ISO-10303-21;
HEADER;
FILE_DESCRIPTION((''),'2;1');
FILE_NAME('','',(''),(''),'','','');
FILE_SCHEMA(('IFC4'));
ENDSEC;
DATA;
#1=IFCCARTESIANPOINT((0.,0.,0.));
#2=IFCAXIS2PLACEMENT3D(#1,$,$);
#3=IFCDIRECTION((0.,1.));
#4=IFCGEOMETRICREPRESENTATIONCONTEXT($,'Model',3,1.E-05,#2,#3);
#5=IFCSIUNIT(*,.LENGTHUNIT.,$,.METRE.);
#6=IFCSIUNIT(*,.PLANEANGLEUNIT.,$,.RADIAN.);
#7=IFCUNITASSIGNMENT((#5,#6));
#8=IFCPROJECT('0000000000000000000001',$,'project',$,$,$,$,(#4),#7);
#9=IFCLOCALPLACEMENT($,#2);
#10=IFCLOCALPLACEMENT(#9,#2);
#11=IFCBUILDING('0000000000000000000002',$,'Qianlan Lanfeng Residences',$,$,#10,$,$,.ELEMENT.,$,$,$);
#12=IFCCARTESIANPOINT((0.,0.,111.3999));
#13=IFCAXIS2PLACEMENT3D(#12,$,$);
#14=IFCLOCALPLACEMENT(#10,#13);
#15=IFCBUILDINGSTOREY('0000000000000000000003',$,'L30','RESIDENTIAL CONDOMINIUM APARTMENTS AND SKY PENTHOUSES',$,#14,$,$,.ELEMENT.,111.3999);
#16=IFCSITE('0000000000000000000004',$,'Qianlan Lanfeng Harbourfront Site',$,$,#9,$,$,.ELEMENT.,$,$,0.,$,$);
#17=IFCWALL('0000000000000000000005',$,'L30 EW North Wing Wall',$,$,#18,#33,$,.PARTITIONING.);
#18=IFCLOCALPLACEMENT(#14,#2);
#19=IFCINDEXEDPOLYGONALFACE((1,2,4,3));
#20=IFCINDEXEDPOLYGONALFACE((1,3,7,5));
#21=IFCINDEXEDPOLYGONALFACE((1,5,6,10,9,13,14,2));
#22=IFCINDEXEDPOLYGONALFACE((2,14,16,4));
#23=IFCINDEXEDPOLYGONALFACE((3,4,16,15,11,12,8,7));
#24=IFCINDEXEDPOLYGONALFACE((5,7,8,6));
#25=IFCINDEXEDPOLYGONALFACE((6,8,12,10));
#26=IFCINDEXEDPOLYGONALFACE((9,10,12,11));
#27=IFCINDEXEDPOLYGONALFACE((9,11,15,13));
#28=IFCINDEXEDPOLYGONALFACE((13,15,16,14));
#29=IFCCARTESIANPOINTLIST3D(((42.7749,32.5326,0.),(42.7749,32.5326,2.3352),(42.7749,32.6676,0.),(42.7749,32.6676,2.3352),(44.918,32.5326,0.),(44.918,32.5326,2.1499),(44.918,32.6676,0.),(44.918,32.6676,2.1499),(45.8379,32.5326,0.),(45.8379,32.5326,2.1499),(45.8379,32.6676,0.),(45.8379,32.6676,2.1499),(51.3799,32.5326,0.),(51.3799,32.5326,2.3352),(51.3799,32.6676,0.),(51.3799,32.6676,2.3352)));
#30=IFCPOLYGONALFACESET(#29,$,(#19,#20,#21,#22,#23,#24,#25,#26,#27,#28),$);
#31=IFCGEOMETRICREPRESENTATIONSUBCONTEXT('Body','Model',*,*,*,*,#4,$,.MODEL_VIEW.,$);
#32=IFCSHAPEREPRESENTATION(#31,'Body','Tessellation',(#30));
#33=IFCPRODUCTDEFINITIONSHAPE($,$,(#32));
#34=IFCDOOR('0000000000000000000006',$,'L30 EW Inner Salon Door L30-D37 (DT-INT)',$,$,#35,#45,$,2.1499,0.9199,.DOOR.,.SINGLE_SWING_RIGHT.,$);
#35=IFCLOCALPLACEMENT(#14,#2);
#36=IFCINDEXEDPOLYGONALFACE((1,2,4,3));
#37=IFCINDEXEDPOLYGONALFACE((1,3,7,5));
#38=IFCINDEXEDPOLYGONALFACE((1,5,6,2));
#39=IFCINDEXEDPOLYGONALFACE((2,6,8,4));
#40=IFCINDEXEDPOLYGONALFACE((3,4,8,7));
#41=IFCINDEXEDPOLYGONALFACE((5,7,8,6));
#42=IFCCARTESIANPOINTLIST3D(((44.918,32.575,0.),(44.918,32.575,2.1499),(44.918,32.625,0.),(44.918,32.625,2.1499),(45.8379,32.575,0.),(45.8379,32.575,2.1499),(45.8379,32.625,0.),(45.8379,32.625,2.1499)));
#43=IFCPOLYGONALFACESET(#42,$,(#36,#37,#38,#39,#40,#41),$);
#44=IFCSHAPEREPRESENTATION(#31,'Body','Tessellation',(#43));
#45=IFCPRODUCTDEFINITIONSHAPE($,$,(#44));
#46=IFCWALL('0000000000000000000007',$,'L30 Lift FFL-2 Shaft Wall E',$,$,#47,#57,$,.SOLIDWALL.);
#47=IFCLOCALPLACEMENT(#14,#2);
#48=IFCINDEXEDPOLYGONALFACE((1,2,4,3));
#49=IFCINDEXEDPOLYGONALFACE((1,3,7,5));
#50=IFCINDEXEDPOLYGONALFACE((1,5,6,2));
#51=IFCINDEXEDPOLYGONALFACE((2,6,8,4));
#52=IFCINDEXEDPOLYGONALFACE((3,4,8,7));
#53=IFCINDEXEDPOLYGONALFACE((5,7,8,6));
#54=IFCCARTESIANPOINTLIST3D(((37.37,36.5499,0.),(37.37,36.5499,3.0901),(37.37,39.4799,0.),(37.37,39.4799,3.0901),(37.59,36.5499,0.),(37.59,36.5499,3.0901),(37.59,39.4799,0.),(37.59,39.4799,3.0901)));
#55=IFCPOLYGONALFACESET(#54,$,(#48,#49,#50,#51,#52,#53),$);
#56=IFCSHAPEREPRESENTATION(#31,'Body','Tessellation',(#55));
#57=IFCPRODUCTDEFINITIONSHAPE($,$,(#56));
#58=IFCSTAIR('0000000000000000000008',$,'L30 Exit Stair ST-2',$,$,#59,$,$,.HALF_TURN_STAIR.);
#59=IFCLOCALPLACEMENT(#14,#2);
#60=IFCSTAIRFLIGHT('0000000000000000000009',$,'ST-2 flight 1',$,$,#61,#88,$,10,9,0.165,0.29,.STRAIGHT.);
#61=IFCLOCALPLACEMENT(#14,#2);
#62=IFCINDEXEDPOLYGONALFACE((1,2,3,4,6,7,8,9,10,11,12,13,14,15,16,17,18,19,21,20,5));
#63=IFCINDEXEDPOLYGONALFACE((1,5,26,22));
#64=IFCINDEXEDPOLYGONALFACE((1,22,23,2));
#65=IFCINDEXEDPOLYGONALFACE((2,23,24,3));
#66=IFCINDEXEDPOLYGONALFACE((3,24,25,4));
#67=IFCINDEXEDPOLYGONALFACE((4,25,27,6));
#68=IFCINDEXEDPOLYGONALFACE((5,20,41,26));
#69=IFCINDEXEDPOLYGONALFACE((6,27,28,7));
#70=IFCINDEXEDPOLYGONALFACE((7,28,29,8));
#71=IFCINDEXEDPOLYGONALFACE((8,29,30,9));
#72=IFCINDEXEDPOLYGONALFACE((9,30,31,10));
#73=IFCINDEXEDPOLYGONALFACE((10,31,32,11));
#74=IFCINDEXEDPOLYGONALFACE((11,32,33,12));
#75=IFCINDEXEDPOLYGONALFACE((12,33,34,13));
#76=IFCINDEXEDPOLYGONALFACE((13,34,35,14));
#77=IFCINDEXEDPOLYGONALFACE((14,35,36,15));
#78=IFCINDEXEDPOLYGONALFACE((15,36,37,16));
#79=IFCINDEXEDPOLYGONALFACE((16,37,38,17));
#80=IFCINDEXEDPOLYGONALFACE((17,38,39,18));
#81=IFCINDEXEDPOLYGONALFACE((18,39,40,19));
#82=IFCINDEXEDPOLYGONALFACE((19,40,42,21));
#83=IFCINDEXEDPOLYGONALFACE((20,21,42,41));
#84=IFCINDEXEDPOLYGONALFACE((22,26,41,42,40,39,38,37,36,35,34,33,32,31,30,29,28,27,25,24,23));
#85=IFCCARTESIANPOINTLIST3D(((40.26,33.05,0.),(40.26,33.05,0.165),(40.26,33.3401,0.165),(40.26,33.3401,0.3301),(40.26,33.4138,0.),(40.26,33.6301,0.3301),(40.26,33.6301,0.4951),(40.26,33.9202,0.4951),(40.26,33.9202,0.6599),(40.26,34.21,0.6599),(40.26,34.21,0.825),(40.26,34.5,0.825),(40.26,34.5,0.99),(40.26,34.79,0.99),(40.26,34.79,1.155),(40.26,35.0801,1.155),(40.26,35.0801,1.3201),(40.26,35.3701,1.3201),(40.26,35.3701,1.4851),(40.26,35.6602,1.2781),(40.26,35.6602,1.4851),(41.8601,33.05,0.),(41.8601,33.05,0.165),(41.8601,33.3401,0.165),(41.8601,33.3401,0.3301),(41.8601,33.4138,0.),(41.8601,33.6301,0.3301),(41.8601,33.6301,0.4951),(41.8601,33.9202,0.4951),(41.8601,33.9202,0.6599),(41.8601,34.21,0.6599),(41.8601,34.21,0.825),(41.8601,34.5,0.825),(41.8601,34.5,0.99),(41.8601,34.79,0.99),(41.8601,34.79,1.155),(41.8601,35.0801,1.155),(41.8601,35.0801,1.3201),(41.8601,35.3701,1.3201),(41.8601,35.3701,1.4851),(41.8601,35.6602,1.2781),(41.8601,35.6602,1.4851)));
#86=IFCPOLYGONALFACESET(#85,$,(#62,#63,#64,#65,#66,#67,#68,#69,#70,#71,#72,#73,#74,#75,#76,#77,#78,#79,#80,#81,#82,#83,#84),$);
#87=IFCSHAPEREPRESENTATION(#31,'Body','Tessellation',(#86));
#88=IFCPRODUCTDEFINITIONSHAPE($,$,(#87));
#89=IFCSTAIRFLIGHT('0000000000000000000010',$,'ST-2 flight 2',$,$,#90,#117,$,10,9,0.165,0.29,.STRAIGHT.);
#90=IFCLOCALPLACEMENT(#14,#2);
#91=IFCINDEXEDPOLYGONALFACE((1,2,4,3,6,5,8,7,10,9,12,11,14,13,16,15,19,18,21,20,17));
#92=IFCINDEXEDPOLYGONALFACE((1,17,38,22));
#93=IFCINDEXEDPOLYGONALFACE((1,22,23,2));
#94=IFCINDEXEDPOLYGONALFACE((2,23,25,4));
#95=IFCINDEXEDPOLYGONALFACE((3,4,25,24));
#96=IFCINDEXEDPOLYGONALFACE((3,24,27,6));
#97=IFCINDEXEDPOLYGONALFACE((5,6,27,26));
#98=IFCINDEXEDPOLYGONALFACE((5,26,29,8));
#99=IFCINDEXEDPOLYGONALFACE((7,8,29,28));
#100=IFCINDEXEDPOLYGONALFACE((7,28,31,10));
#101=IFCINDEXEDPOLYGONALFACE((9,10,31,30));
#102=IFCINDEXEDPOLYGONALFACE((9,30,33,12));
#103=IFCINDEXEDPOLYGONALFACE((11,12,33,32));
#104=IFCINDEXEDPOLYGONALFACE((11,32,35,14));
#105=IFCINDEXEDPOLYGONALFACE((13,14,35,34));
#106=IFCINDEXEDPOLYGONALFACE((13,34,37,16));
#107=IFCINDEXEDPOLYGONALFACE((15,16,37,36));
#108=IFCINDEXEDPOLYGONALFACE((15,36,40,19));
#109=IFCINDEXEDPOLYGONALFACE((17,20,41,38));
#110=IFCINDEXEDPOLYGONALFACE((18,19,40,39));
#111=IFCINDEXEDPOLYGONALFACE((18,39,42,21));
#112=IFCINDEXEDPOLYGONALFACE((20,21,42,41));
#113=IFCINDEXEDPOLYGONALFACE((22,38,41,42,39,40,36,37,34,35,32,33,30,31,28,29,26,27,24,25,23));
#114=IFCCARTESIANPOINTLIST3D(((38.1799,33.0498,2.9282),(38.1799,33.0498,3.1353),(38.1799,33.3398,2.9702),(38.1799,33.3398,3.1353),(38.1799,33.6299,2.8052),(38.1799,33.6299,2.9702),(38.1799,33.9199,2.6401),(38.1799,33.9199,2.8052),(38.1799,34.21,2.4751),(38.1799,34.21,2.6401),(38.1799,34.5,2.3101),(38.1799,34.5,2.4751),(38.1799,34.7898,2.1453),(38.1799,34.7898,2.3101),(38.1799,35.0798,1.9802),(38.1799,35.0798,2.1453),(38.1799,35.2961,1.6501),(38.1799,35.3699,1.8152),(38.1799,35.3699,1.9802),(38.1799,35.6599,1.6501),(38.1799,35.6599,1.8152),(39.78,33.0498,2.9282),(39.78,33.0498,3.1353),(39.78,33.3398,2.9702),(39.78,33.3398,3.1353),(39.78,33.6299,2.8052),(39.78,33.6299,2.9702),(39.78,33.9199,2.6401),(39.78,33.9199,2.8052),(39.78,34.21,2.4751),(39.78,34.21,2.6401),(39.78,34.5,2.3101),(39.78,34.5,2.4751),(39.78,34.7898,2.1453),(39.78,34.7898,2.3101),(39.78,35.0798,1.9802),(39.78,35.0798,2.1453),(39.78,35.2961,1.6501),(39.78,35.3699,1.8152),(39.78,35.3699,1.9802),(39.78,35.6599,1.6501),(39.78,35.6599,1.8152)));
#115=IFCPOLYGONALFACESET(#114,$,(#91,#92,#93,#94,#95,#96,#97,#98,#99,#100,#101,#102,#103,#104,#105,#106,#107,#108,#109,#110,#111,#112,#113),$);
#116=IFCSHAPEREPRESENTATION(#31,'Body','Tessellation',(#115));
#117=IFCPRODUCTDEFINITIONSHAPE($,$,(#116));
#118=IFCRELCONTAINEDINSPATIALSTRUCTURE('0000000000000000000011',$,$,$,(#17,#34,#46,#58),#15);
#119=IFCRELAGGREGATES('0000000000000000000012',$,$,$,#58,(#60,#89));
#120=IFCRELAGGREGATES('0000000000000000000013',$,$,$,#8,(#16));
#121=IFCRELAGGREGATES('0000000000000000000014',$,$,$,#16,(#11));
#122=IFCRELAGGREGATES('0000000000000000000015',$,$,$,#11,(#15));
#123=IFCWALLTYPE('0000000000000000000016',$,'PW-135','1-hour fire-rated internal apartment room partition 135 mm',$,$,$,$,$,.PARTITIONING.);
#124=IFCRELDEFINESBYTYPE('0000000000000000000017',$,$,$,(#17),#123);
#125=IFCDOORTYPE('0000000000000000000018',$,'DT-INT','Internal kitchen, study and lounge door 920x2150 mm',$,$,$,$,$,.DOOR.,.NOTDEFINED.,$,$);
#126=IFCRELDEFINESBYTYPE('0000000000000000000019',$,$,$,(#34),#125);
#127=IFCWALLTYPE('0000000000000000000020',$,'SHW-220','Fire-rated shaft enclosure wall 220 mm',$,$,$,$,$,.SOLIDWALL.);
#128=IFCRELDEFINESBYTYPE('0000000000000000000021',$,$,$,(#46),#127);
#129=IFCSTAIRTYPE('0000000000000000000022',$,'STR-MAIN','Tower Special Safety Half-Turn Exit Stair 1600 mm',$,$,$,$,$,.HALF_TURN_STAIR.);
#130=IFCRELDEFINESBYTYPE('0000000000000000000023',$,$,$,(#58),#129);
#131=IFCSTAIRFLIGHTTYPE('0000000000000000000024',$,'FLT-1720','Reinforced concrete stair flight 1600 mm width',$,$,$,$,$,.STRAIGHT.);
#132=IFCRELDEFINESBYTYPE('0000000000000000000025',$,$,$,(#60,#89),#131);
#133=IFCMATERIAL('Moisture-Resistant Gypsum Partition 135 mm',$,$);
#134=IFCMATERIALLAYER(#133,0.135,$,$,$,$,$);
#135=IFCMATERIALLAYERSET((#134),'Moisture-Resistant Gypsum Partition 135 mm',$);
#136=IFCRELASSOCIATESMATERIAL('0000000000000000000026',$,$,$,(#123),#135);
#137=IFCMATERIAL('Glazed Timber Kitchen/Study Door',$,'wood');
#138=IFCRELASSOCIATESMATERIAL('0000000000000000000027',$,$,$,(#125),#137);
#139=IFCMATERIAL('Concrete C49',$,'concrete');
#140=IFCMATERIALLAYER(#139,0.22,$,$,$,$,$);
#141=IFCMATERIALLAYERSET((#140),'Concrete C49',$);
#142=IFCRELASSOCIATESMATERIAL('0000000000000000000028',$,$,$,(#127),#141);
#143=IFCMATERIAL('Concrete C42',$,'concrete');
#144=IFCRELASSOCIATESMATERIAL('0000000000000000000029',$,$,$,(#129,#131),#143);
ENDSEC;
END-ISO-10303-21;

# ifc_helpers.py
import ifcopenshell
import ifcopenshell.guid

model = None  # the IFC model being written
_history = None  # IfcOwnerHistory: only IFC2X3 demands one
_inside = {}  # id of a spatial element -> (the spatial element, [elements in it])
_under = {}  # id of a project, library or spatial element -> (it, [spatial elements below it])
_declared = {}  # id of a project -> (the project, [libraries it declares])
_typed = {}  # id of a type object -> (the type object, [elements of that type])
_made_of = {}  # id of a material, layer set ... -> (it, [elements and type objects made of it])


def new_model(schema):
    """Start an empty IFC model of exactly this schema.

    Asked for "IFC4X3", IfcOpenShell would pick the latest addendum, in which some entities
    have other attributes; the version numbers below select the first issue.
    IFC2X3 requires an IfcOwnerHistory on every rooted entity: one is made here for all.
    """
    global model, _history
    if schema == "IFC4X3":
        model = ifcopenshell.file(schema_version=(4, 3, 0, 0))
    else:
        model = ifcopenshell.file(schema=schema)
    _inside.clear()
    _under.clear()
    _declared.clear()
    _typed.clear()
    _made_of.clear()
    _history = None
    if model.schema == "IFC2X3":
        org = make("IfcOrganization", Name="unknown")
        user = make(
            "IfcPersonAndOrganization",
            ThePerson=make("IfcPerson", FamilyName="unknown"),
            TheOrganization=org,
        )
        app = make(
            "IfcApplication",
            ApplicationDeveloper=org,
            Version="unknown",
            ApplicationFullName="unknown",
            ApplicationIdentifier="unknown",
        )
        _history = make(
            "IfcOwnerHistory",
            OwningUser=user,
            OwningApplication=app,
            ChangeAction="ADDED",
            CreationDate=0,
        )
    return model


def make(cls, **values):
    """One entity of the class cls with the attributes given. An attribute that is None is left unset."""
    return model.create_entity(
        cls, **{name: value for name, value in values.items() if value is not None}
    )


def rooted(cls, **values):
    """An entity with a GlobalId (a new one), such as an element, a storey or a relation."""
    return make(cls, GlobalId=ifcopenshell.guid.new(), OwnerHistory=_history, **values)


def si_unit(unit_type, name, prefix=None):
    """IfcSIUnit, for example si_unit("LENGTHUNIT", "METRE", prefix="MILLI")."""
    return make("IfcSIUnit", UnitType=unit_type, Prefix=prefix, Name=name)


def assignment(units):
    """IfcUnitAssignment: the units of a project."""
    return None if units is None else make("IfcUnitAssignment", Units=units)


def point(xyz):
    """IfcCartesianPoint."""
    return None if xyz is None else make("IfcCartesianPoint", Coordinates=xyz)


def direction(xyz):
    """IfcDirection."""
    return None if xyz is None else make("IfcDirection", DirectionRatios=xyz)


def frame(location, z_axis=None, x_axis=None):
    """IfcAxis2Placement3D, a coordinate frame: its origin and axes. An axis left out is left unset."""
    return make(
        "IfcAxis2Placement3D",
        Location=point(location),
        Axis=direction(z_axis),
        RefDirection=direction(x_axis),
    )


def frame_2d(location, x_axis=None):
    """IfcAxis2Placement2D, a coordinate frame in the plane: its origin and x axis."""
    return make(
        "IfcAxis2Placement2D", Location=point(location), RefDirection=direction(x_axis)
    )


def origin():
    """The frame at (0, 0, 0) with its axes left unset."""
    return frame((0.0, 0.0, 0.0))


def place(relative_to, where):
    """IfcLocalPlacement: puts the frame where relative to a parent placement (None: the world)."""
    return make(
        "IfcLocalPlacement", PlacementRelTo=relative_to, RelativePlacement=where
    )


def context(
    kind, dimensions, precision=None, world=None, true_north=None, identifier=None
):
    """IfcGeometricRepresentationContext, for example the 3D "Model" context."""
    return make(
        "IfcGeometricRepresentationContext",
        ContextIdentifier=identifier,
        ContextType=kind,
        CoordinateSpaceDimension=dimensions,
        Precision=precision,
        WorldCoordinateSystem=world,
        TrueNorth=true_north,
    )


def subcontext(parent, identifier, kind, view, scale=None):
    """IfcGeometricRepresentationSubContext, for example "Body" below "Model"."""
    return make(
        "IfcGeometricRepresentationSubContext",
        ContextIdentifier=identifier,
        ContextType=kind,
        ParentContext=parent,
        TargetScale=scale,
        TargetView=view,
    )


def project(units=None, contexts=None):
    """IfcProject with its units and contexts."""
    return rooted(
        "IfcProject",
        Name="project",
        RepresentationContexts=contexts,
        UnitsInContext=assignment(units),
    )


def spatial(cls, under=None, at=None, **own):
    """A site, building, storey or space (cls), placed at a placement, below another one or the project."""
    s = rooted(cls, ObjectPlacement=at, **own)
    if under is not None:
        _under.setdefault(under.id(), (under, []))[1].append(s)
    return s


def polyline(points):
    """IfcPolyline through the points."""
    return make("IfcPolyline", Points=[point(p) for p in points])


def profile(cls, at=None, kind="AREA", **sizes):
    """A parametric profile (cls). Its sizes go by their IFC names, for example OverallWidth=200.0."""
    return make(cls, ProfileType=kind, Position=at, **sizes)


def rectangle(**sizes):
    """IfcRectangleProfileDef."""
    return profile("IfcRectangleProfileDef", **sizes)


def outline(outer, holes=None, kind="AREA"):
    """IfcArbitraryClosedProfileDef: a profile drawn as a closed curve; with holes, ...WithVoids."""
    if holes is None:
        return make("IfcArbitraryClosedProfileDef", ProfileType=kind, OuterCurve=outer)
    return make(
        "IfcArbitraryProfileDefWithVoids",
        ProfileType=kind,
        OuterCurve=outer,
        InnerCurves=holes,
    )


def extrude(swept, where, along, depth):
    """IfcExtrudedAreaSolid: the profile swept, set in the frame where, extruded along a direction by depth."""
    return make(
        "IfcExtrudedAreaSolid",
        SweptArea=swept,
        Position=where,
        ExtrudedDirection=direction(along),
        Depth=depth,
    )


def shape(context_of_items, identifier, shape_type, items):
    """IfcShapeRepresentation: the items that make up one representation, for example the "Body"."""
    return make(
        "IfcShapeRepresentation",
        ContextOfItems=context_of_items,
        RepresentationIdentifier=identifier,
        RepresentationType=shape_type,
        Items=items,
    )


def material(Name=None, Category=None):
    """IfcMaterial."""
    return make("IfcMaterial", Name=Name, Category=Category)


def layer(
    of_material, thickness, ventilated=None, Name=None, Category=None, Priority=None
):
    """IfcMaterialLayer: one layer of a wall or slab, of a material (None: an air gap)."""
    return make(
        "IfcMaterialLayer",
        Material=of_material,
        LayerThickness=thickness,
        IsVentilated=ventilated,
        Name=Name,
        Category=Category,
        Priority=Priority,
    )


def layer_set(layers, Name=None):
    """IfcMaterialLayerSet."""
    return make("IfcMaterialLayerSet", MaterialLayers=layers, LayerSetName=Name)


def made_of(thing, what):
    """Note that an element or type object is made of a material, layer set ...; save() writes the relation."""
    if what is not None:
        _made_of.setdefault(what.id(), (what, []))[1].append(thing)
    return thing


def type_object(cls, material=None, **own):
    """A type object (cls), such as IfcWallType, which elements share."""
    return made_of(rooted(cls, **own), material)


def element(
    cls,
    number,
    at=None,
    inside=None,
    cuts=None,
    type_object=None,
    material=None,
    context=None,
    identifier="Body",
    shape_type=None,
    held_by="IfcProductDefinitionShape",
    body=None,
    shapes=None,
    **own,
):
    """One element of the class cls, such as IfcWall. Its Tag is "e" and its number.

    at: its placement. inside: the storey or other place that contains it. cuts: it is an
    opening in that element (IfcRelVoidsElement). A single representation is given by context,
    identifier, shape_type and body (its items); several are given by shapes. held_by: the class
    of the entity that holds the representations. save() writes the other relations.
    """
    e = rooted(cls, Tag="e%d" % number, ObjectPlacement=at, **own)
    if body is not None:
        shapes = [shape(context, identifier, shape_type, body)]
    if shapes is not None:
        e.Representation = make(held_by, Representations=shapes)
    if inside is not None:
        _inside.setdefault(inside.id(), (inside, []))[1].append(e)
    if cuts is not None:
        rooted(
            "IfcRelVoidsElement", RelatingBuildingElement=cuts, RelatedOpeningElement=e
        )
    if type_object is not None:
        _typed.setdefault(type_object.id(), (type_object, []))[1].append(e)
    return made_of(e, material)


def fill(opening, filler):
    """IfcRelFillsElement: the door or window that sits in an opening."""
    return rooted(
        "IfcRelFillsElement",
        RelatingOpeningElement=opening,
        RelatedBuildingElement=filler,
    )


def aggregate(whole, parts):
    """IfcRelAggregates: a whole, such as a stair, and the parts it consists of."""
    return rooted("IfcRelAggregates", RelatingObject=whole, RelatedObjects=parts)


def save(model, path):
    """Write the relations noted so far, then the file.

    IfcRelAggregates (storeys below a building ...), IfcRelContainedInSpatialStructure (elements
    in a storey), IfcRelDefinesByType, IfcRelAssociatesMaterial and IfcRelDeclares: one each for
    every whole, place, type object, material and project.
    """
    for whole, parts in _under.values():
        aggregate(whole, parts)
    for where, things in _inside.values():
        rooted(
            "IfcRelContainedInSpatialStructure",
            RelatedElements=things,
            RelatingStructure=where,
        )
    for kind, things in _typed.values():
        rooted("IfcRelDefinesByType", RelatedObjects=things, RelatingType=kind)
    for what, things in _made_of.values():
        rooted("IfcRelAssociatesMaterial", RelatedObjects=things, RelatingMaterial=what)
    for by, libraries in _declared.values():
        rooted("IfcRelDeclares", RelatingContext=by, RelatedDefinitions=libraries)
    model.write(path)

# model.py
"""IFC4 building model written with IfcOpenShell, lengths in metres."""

from ifc_helpers import new_model, si_unit, direction, frame, frame_2d, origin, place, context, subcontext, project, spatial, polyline, rectangle, outline, extrude, material, layer, layer_set, type_object, element, fill, aggregate, save


model = new_model("IFC4")

# Units and contexts
model_context = context("Model", 3, precision=1e-05, world=origin(), true_north=direction((0.0, 1.0)))
body_context = subcontext(model_context, "Body", "Model", "MODEL_VIEW")
ifc_project = project(units=[si_unit("LENGTHUNIT", "METRE"), si_unit("PLANEANGLEUNIT", "RADIAN")], contexts=[model_context])

# Site, building, storey
site_placement = place(None, origin())
site = spatial("IfcSite", under=ifc_project, at=site_placement, Name="Qianlan Lanfeng Harbourfront Site", CompositionType="ELEMENT", RefElevation=0.0)
building_placement = place(site_placement, origin())
building = spatial("IfcBuilding", under=site, at=building_placement, Name="Qianlan Lanfeng Residences", CompositionType="ELEMENT")
storey_placement = place(building_placement, frame((0.0, 0.0, 111.3999)))
storey = spatial("IfcBuildingStorey", under=building, at=storey_placement, Name="L30", Description="RESIDENTIAL CONDOMINIUM APARTMENTS AND SKY PENTHOUSES", CompositionType="ELEMENT", Elevation=111.3999)

# Shared definitions
ifc_material_1 = material(Name="Concrete C42", Category="concrete")

# Wall, opening, door
ifc_material_2 = material(Name="Moisture-Resistant Gypsum Partition 135 mm")
ifc_layer_1 = layer(ifc_material_2, 0.135)
ifc_layer_set_1 = layer_set([ifc_layer_1], Name="Moisture-Resistant Gypsum Partition 135 mm")
wall_type_1 = type_object("IfcWallType", Name="PW-135", Description="1-hour fire-rated internal apartment room partition 135 mm", PredefinedType="PARTITIONING", material=ifc_layer_set_1)
wall_1_placement = place(storey_placement, frame((42.7749, 32.6001, 0.0), z_axis=(0.0, 0.0, 1.0), x_axis=(1.0, 0.0, 0.0)))
wall_1 = element("IfcWall", 1, at=wall_1_placement, inside=storey, type_object=wall_type_1, Name="L30 EW North Wing Wall", PredefinedType="PARTITIONING", context=body_context, shape_type="SweptSolid", body=[
    extrude(rectangle(XDim=8.605, YDim=0.135, at=frame_2d((4.3025, 0.0))), origin(), (0.0, 0.0, 1.0), 2.3352),
])
opening_1_placement = place(wall_1_placement, frame((2.1431, 0.0, 0.0)))
opening_1 = element("IfcOpeningElement", 2, at=opening_1_placement, cuts=wall_1, PredefinedType="OPENING", context=body_context, shape_type="SweptSolid", body=[
    extrude(rectangle(XDim=0.9199, YDim=2.1499, at=frame_2d((0.46, 1.075))), frame((0.0, 0.0776, 0.0), z_axis=(0.0, -1.0, 0.0), x_axis=(1.0, 0.0, 0.0)), (0.0, 0.0, 1.0), 0.155),
])
ifc_material_3 = material(Name="Glazed Timber Kitchen/Study Door", Category="wood")
door_type_1 = type_object("IfcDoorType", Name="DT-INT", Description="Internal kitchen, study and lounge door 920x2150 mm", OperationType="NOTDEFINED", PredefinedType="DOOR", material=ifc_material_3)
door_1_placement = place(opening_1_placement, origin())
door_1 = element("IfcDoor", 3, at=door_1_placement, inside=storey, type_object=door_type_1, Name="L30 EW Inner Salon Door L30-D37 (DT-INT)", OperationType="SINGLE_SWING_RIGHT", OverallHeight=2.1499, OverallWidth=0.9199, PredefinedType="DOOR", context=body_context, shape_type="SweptSolid", body=[
    extrude(rectangle(XDim=0.9199, YDim=2.1499, at=frame_2d((0.46, 1.075))), frame((0.0, 0.0249, 0.0), z_axis=(0.0, -1.0, 0.0), x_axis=(1.0, 0.0, 0.0)), (0.0, 0.0, 1.0), 0.05),
])
fill(opening_1, door_1)

# Wall
ifc_material_4 = material(Name="Concrete C49", Category="concrete")
ifc_layer_2 = layer(ifc_material_4, 0.22)
ifc_layer_set_2 = layer_set([ifc_layer_2], Name="Concrete C49")
wall_type_2 = type_object("IfcWallType", Name="SHW-220", Description="Fire-rated shaft enclosure wall 220 mm", PredefinedType="SOLIDWALL", material=ifc_layer_set_2)
wall_2_placement = place(storey_placement, frame((37.48, 36.55, 0.0), z_axis=(0.0, 0.0, 1.0), x_axis=(0.0, 1.0, 0.0)))
element("IfcWall", 4, at=wall_2_placement, inside=storey, type_object=wall_type_2, Name="L30 Lift FFL-2 Shaft Wall E", PredefinedType="SOLIDWALL", context=body_context, shape_type="SweptSolid", body=[
    extrude(rectangle(XDim=2.9299, YDim=0.22, at=frame_2d((1.4648, 0.0))), origin(), (0.0, 0.0, 1.0), 3.0901),
])

# Stair, stair flights
stair_type = type_object("IfcStairType", Name="STR-MAIN", Description="Tower Special Safety Half-Turn Exit Stair 1600 mm", PredefinedType="HALF_TURN_STAIR", material=ifc_material_1)
stair_placement = place(storey_placement, origin())
stair = element("IfcStair", 5, at=stair_placement, inside=storey, type_object=stair_type, Name="L30 Exit Stair ST-2", PredefinedType="HALF_TURN_STAIR")
stair_flight_type = type_object("IfcStairFlightType", Name="FLT-1720", Description="Reinforced concrete stair flight 1600 mm width", PredefinedType="STRAIGHT", material=ifc_material_1)
stair_flight_1_placement = place(storey_placement, frame((41.0601, 33.05, 0.0), z_axis=(0.0, 0.0, 1.0), x_axis=(0.0, 1.0, 0.0)))
stair_flight_1 = element("IfcStairFlight", 6, at=stair_flight_1_placement, type_object=stair_flight_type, Name="ST-2 flight 1", NumberOfRisers=10, NumberOfTreads=9, PredefinedType="STRAIGHT", RiserHeight=0.165, TreadLength=0.29, context=body_context, shape_type="SweptSolid", body=[
    extrude(outline(polyline([(0.0, 0.0), (0.0, 0.165), (0.29, 0.165), (0.29, 0.3301), (0.5801, 0.3301), (0.5801, 0.4951), (0.8701, 0.4951), (0.8701, 0.6599), (1.1599, 0.6599), (1.1599, 0.825), (1.45, 0.825), (1.45, 0.99), (1.74, 0.99), (1.74, 1.155), (2.03, 1.155), (2.03, 1.3201), (2.3201, 1.3201), (2.3201, 1.4851), (2.6101, 1.4851), (2.6101, 1.6499), (2.6101, 1.2781), (0.3638, 0.0), (0.0, 0.0)])), frame((0.0, 0.8, 0.0), z_axis=(0.0, -1.0, 0.0), x_axis=(1.0, 0.0, 0.0)), (0.0, 0.0, 1.0), 1.6001),
])
stair_flight_2_placement = place(storey_placement, frame((38.98, 35.6599, 1.6501), z_axis=(0.0, 0.0, 1.0), x_axis=(0.0, -1.0, 0.0)))
stair_flight_2 = element("IfcStairFlight", 7, at=stair_flight_2_placement, type_object=stair_flight_type, Name="ST-2 flight 2", NumberOfRisers=10, NumberOfTreads=9, PredefinedType="STRAIGHT", RiserHeight=0.165, TreadLength=0.29, context=body_context, shape_type="SweptSolid", body=[
    extrude(outline(polyline([(0.0, 0.0), (0.0, 0.165), (0.29, 0.165), (0.29, 0.3301), (0.5801, 0.3301), (0.5801, 0.4951), (0.8701, 0.4951), (0.8701, 0.6599), (1.1599, 0.6599), (1.1599, 0.825), (1.45, 0.825), (1.45, 0.99), (1.74, 0.99), (1.74, 1.155), (2.03, 1.155), (2.03, 1.3201), (2.3201, 1.3201), (2.3201, 1.4851), (2.6101, 1.4851), (2.6101, 1.6499), (2.6101, 1.2781), (0.3638, 0.0), (0.0, 0.0)])), frame((0.0, 0.8, 0.0), z_axis=(0.0, -1.0, 0.0), x_axis=(1.0, 0.0, 0.0)), (0.0, 0.0, 1.0), 1.6001),
])
aggregate(stair, [stair_flight_1, stair_flight_2])

save(model, "model.ifc")
